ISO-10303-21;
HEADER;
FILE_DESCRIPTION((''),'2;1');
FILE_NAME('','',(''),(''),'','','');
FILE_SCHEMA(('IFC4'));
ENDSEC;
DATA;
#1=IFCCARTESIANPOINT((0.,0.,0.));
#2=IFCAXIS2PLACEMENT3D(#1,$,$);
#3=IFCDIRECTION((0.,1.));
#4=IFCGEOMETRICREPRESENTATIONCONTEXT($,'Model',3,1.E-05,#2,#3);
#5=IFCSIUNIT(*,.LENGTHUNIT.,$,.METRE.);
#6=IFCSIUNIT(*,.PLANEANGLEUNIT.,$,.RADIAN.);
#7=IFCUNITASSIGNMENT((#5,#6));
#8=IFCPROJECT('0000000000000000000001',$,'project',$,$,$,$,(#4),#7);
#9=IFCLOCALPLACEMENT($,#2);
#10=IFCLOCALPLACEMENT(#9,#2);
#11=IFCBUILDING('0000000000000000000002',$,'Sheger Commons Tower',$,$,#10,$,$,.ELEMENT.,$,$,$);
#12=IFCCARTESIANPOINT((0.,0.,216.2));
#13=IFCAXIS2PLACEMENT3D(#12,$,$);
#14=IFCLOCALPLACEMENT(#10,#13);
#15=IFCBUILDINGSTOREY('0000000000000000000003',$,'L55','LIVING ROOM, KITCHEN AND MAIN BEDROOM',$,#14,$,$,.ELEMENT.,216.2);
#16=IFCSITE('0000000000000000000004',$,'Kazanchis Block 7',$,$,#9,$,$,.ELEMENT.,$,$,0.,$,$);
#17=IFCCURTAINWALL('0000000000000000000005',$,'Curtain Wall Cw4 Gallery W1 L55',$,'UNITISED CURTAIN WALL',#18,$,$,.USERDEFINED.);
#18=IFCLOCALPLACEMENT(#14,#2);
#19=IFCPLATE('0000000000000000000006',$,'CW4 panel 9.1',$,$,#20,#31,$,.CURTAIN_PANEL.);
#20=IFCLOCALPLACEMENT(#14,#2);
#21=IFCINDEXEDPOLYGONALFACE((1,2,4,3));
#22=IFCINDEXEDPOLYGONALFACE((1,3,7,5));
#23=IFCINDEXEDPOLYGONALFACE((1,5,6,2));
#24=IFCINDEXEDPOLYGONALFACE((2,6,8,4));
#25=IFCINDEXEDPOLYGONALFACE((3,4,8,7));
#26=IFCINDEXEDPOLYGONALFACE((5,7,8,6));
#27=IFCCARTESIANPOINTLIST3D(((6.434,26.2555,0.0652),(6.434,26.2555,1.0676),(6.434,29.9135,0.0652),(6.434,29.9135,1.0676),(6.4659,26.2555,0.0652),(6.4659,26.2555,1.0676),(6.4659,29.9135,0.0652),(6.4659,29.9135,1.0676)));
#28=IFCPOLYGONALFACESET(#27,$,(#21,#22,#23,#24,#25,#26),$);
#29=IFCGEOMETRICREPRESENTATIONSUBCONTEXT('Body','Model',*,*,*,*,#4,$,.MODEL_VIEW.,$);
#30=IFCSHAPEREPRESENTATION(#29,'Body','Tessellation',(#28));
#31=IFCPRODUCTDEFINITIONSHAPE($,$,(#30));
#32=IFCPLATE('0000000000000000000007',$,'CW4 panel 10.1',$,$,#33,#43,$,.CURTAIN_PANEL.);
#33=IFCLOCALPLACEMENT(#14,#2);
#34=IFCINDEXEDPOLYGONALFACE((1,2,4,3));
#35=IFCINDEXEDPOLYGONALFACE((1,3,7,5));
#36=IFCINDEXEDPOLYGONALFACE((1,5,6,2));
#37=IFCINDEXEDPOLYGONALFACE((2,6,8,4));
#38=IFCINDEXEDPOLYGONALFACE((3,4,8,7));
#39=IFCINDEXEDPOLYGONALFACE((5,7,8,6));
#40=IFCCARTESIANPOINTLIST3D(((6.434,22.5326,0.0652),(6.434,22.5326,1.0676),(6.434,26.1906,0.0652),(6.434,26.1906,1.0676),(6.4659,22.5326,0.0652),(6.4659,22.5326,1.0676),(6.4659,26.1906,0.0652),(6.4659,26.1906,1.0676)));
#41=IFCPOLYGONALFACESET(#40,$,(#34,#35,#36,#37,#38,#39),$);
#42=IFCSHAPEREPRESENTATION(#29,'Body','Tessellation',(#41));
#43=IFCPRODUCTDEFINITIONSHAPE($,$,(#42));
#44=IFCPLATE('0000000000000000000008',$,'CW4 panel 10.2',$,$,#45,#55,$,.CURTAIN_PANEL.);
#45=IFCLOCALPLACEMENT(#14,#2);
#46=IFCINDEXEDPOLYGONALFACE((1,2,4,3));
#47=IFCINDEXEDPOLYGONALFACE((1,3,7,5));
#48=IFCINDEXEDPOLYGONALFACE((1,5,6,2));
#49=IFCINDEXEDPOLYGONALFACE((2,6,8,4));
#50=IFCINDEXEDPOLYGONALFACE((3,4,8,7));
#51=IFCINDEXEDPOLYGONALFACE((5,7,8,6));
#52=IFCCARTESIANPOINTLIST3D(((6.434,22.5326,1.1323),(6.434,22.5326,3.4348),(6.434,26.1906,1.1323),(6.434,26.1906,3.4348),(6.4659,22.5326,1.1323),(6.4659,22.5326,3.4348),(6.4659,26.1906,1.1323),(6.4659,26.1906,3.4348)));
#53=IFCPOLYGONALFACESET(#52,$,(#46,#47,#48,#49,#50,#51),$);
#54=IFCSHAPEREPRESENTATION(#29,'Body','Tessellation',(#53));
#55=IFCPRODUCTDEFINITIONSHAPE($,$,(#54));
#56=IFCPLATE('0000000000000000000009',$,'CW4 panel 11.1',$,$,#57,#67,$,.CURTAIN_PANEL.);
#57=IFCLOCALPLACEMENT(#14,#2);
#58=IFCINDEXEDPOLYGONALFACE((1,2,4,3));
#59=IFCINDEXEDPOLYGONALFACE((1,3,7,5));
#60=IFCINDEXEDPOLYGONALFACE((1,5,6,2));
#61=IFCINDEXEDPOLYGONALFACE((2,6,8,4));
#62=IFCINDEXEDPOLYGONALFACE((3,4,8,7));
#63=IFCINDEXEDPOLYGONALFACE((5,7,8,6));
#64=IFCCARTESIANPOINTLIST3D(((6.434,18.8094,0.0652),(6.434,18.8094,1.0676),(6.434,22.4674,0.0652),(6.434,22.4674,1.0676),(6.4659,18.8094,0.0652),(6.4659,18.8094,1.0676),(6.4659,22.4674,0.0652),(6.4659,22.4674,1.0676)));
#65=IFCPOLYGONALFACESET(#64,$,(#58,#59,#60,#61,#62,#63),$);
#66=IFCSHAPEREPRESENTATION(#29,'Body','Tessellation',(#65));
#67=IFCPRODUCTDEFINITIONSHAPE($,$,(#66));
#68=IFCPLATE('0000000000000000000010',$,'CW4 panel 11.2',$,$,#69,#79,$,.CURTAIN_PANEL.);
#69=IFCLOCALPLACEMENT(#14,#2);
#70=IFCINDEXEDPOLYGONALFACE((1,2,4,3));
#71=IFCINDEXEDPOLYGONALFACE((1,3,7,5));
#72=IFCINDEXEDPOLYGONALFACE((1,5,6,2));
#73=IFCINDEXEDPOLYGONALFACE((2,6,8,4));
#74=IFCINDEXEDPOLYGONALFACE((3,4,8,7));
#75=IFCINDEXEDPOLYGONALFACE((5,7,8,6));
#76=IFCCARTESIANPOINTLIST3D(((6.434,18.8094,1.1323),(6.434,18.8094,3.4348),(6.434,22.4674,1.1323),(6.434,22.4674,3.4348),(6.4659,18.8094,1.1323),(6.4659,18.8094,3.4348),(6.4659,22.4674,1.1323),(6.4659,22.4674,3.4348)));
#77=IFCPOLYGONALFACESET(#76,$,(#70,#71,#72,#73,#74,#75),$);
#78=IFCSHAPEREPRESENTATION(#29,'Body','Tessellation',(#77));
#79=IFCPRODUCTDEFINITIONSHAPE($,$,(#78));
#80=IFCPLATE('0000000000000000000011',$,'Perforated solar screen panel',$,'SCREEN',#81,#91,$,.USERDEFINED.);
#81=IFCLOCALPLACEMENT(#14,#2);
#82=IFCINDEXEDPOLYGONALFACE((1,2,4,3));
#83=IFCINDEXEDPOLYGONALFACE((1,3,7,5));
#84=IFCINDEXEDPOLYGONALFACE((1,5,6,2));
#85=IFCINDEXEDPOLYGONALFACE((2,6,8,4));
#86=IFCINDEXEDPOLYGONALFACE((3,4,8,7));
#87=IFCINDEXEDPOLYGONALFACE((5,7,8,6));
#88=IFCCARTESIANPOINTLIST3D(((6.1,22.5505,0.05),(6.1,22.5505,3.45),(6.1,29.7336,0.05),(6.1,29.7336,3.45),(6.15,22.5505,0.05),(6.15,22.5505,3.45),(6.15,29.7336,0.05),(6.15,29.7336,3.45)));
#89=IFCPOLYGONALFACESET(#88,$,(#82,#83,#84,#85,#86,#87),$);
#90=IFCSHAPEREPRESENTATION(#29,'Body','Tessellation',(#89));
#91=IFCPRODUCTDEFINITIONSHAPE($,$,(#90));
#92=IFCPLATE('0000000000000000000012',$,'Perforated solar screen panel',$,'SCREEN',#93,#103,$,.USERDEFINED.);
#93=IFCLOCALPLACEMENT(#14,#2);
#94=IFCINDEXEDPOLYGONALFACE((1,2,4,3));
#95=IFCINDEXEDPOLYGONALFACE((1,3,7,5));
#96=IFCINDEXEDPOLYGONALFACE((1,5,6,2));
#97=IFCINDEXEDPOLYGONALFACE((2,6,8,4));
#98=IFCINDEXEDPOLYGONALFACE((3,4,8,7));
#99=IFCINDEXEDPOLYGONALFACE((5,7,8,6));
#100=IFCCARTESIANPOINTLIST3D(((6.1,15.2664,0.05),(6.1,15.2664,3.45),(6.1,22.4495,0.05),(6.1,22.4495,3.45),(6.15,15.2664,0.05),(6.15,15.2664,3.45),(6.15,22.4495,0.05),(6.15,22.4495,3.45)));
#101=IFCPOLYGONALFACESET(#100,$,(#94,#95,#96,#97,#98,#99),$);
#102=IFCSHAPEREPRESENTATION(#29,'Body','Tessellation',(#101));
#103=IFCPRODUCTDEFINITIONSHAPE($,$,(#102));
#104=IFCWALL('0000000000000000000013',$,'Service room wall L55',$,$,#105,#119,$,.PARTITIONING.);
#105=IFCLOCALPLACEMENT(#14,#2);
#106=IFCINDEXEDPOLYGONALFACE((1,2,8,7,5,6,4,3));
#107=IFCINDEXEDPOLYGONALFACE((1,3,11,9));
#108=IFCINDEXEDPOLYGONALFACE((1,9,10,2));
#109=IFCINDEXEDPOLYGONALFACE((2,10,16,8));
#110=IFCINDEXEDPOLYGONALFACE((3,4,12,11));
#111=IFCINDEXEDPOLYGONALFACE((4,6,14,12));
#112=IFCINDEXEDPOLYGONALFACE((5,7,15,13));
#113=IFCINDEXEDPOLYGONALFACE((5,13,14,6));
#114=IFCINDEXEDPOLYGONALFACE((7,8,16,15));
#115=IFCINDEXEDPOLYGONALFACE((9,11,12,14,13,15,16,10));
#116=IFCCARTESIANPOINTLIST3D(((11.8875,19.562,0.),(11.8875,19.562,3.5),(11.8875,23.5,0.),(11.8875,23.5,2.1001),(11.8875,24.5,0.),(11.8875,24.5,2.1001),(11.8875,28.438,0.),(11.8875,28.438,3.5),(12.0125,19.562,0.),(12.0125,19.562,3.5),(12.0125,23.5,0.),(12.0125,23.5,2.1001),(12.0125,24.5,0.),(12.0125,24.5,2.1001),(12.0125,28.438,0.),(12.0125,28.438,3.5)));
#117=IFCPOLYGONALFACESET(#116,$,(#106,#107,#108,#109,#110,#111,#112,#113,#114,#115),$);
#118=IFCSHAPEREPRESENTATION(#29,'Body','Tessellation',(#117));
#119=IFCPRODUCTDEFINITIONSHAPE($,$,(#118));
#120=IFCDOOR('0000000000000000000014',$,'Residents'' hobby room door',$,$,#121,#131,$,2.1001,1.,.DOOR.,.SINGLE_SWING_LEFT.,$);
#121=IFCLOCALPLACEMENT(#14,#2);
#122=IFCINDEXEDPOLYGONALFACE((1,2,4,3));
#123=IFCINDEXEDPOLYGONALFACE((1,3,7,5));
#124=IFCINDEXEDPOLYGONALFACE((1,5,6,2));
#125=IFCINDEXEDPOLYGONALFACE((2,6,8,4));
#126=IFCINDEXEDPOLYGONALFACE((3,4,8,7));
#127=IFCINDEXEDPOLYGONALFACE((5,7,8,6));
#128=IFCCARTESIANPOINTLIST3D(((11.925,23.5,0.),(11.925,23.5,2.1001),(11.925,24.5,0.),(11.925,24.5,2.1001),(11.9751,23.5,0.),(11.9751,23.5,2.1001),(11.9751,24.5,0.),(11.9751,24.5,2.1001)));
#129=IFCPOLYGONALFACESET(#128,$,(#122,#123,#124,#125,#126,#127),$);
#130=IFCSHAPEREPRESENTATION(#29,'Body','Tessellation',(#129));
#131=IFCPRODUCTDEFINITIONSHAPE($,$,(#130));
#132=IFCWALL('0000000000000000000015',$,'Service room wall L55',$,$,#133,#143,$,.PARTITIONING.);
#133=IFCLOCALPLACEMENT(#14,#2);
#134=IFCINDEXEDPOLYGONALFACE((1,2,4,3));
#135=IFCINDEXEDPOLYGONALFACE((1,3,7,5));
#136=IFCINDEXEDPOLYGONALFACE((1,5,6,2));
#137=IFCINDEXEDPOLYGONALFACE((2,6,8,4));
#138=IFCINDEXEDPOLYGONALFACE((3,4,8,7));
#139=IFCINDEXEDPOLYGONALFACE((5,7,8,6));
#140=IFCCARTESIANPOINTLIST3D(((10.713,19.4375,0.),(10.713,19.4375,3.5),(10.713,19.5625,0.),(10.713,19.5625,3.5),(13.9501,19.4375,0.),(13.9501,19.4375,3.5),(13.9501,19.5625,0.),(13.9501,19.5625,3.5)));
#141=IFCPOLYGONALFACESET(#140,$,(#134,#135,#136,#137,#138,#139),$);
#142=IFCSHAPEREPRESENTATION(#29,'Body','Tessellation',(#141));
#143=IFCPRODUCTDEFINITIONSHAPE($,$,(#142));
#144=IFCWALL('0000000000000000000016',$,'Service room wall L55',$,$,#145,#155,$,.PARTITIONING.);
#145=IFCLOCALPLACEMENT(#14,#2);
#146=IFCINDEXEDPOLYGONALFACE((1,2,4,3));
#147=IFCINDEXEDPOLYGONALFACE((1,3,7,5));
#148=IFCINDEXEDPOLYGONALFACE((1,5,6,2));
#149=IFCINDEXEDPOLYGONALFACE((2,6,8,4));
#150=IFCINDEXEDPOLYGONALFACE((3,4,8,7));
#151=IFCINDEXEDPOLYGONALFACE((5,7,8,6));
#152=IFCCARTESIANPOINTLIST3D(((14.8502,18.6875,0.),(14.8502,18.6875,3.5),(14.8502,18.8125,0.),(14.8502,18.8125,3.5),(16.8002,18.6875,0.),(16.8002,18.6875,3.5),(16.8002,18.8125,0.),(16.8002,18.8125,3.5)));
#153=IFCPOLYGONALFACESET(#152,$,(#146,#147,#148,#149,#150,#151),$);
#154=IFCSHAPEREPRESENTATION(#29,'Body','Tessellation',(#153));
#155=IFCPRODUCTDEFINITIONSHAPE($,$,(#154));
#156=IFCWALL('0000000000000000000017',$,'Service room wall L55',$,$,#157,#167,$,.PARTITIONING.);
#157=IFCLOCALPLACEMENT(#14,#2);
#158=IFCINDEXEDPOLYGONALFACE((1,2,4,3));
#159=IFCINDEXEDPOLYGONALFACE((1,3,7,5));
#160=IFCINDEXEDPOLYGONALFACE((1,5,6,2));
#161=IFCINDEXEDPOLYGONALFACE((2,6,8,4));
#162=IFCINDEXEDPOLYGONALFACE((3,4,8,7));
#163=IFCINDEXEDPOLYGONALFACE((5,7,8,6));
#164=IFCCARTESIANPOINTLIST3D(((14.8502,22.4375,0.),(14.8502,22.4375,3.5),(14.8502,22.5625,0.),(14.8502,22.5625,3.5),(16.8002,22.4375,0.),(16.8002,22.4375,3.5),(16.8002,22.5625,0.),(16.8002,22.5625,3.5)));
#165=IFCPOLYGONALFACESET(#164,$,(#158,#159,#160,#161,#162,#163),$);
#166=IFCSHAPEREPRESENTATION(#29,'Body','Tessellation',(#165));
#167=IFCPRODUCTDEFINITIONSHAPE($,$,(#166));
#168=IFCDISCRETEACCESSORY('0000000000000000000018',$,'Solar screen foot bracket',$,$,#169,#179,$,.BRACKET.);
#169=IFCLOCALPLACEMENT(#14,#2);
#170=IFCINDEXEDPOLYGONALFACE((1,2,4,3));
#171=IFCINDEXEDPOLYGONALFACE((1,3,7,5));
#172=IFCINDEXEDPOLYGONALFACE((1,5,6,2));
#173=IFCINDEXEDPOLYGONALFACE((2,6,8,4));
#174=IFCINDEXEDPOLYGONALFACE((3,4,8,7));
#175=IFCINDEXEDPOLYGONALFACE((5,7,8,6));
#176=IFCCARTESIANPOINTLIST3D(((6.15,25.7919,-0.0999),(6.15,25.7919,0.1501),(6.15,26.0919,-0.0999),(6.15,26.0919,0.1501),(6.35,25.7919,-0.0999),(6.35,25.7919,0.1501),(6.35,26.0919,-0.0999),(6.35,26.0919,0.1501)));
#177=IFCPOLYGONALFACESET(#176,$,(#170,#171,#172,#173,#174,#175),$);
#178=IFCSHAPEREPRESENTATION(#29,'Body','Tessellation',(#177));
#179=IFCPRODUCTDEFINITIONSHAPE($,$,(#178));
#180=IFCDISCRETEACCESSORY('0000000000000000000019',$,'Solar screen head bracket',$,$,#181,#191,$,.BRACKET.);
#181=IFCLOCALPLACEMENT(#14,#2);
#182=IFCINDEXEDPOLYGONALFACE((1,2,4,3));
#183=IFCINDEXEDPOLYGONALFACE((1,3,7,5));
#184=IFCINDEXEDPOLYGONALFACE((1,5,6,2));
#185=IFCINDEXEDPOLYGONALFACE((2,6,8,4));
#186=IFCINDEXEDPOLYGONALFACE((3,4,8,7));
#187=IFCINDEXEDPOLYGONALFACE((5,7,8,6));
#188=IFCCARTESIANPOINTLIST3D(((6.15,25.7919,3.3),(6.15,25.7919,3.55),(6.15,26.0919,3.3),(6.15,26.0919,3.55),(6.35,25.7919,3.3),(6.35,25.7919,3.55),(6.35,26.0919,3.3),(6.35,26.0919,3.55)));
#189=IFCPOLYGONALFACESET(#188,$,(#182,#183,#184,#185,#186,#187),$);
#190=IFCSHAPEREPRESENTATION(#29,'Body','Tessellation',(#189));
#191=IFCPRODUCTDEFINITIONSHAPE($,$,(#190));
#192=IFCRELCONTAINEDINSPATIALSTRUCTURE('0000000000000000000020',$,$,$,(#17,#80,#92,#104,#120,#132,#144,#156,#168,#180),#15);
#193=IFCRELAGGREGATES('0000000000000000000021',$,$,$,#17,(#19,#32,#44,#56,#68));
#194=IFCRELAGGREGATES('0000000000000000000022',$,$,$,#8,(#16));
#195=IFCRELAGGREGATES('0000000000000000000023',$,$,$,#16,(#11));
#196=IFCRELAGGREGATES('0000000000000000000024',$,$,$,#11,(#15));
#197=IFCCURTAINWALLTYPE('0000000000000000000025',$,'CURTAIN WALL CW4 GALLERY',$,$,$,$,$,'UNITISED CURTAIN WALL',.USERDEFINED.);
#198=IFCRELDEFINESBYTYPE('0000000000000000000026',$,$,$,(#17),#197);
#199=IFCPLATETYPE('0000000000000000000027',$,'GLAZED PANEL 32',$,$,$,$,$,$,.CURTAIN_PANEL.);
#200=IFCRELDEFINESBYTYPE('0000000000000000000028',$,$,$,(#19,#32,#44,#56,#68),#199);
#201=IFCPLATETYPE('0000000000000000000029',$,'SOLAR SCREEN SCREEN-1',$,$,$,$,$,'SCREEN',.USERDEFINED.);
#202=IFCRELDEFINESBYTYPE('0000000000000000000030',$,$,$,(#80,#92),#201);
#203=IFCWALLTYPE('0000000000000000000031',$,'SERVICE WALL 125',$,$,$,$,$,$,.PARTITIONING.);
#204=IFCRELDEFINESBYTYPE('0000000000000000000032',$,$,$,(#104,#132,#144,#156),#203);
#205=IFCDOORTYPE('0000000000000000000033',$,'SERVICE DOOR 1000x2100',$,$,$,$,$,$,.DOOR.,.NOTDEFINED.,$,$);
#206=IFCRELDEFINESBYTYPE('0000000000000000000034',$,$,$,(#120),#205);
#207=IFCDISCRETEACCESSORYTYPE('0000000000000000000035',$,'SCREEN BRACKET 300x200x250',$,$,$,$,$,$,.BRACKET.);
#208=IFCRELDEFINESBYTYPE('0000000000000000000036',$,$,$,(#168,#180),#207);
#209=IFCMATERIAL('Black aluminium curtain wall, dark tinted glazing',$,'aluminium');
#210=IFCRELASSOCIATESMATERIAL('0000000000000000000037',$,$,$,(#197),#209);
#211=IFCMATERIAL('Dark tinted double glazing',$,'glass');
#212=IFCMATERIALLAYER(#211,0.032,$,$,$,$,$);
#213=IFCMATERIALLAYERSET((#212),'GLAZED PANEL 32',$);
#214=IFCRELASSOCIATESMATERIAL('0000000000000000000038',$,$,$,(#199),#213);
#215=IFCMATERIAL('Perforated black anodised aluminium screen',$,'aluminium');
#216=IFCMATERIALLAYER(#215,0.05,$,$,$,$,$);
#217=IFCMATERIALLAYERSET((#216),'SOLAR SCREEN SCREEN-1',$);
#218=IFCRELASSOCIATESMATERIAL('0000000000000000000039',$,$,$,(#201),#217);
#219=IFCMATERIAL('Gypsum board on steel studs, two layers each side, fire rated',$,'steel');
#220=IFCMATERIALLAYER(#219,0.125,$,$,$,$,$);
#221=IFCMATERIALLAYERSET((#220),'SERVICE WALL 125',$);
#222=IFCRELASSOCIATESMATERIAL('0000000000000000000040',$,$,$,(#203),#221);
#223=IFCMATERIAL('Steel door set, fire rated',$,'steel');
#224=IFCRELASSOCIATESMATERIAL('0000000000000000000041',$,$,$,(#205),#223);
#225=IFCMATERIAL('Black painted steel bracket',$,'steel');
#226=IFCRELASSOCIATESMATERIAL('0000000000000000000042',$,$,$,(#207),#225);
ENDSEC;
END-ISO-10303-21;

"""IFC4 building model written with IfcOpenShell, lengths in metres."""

from ifc_helpers import new_model, si_unit, direction, frame, frame_2d, origin, origin_2d, place, context, subcontext, project, spatial, rectangle, extrude, material, layer, layer_set, type_object, element, fill, aggregate, save


model = new_model("IFC4")

# Units and contexts
model_context = context("Model", 3, precision=1e-05, world=origin(), true_north=direction((0.0, 1.0)))
body_context = subcontext(model_context, "Body", "Model", "MODEL_VIEW")
ifc_project = project(units=[si_unit("LENGTHUNIT", "METRE"), si_unit("PLANEANGLEUNIT", "RADIAN")], contexts=[model_context])

# Site, building, storey
site_placement = place(None, origin())
site = spatial("IfcSite", under=ifc_project, at=site_placement, Name="Kazanchis Block 7", CompositionType="ELEMENT", RefElevation=0.0)
building_placement = place(site_placement, origin())
building = spatial("IfcBuilding", under=site, at=building_placement, Name="Sheger Commons Tower", CompositionType="ELEMENT")
storey_placement = place(building_placement, frame((0.0, 0.0, 216.2)))
storey = spatial("IfcBuildingStorey", under=building, at=storey_placement, Name="L55", Description="LIVING ROOM, KITCHEN AND MAIN BEDROOM", CompositionType="ELEMENT", Elevation=216.2)

# Curtain wall
ifc_material_1 = material(Name="Black aluminium curtain wall, dark tinted glazing", Category="aluminium")
curtain_wall_type = type_object("IfcCurtainWallType", Name="CURTAIN WALL CW4 GALLERY", ElementType="UNITISED CURTAIN WALL", PredefinedType="USERDEFINED", material=ifc_material_1)
curtain_wall_placement = place(storey_placement, origin())
curtain_wall = element("IfcCurtainWall", 1, at=curtain_wall_placement, inside=storey, type_object=curtain_wall_type, Name="Curtain Wall Cw4 Gallery W1 L55", ObjectType="UNITISED CURTAIN WALL", PredefinedType="USERDEFINED")

# Plates
ifc_material_2 = material(Name="Dark tinted double glazing", Category="glass")
ifc_layer_1 = layer(ifc_material_2, 0.032)
ifc_layer_set_1 = layer_set([ifc_layer_1], Name="GLAZED PANEL 32")
plate_type_1 = type_object("IfcPlateType", Name="GLAZED PANEL 32", PredefinedType="CURTAIN_PANEL", material=ifc_layer_set_1)
plate_1_placement = place(storey_placement, frame((6.45, 28.0845, 0.0652), z_axis=(0.0, 0.0, 1.0), x_axis=(0.0, -1.0, 0.0)))
plate_1 = element("IfcPlate", 2, at=plate_1_placement, type_object=plate_type_1, Name="CW4 panel 9.1", PredefinedType="CURTAIN_PANEL", context=body_context, shape_type="SweptSolid", body=[
    extrude(rectangle(XDim=3.658, YDim=0.032, at=origin_2d()), origin(), (0.0, 0.0, 1.0), 1.0024),
])
plate_2_placement = place(storey_placement, frame((6.45, 24.3616, 0.0652), z_axis=(0.0, 0.0, 1.0), x_axis=(0.0, -1.0, 0.0)))
plate_2 = element("IfcPlate", 3, at=plate_2_placement, type_object=plate_type_1, Name="CW4 panel 10.1", PredefinedType="CURTAIN_PANEL", context=body_context, shape_type="SweptSolid", body=[
    extrude(rectangle(XDim=3.658, YDim=0.032, at=origin_2d()), origin(), (0.0, 0.0, 1.0), 1.0024),
])
plate_3_placement = place(storey_placement, frame((6.45, 24.3616, 1.1323), z_axis=(0.0, 0.0, 1.0), x_axis=(0.0, -1.0, 0.0)))
plate_3 = element("IfcPlate", 4, at=plate_3_placement, type_object=plate_type_1, Name="CW4 panel 10.2", PredefinedType="CURTAIN_PANEL", context=body_context, shape_type="SweptSolid", body=[
    extrude(rectangle(XDim=3.658, YDim=0.032, at=origin_2d()), origin(), (0.0, 0.0, 1.0), 2.3025),
])
plate_4_placement = place(storey_placement, frame((6.45, 20.6384, 0.0652), z_axis=(0.0, 0.0, 1.0), x_axis=(0.0, -1.0, 0.0)))
plate_4 = element("IfcPlate", 5, at=plate_4_placement, type_object=plate_type_1, Name="CW4 panel 11.1", PredefinedType="CURTAIN_PANEL", context=body_context, shape_type="SweptSolid", body=[
    extrude(rectangle(XDim=3.658, YDim=0.032, at=origin_2d()), origin(), (0.0, 0.0, 1.0), 1.0024),
])
plate_5_placement = place(storey_placement, frame((6.45, 20.6384, 1.1323), z_axis=(0.0, 0.0, 1.0), x_axis=(0.0, -1.0, 0.0)))
plate_5 = element("IfcPlate", 6, at=plate_5_placement, type_object=plate_type_1, Name="CW4 panel 11.2", PredefinedType="CURTAIN_PANEL", context=body_context, shape_type="SweptSolid", body=[
    extrude(rectangle(XDim=3.658, YDim=0.032, at=origin_2d()), origin(), (0.0, 0.0, 1.0), 2.3025),
])
aggregate(curtain_wall, [plate_1, plate_2, plate_3, plate_4, plate_5])

# Plates
ifc_material_3 = material(Name="Perforated black anodised aluminium screen", Category="aluminium")
ifc_layer_2 = layer(ifc_material_3, 0.05)
ifc_layer_set_2 = layer_set([ifc_layer_2], Name="SOLAR SCREEN SCREEN-1")
plate_type_2 = type_object("IfcPlateType", Name="SOLAR SCREEN SCREEN-1", ElementType="SCREEN", PredefinedType="USERDEFINED", material=ifc_layer_set_2)
for number, where, z_axis, x_axis, name in (
    (7, (6.125, 26.1421, 0.05), (0.0, 0.0, 1.0), (0.0, -1.0, 0.0), "Perforated solar screen panel"),
    (8, (6.125, 18.8579, 0.05), (0.0, 0.0, 1.0), (0.0, -1.0, 0.0), "Perforated solar screen panel"),
):
    element("IfcPlate", number, at=place(storey_placement, frame(where, z_axis=z_axis, x_axis=x_axis)), inside=storey, type_object=plate_type_2, Name=name, ObjectType="SCREEN", PredefinedType="USERDEFINED", context=body_context, shape_type="SweptSolid", body=[
        extrude(rectangle(XDim=7.1831, YDim=0.05, at=origin_2d()), origin(), (0.0, 0.0, 1.0), 3.3999),
    ])

# Wall, opening, door
ifc_material_4 = material(Name="Gypsum board on steel studs, two layers each side, fire rated", Category="steel")
ifc_layer_3 = layer(ifc_material_4, 0.125)
ifc_layer_set_3 = layer_set([ifc_layer_3], Name="SERVICE WALL 125")
wall_type = type_object("IfcWallType", Name="SERVICE WALL 125", PredefinedType="PARTITIONING", material=ifc_layer_set_3)
wall_1_placement = place(storey_placement, frame((11.95, 19.562, 0.0), z_axis=(0.0, 0.0, 1.0), x_axis=(0.0, 1.0, 0.0)))
wall_1 = element("IfcWall", 9, at=wall_1_placement, inside=storey, type_object=wall_type, Name="Service room wall L55", PredefinedType="PARTITIONING", context=body_context, shape_type="SweptSolid", body=[
    extrude(rectangle(XDim=8.876, YDim=0.125, at=frame_2d((4.438, 0.0))), origin(), (0.0, 0.0, 1.0), 3.5),
])
opening_placement = place(wall_1_placement, frame((3.938, 0.0, 0.0)))
opening = element("IfcOpeningElement", 10, at=opening_placement, cuts=wall_1, PredefinedType="OPENING", context=body_context, shape_type="SweptSolid", body=[
    extrude(rectangle(XDim=1.0, YDim=2.1001, at=frame_2d((0.5, 1.05))), frame((0.0, 0.0725, 0.0), z_axis=(0.0, -1.0, 0.0), x_axis=(1.0, 0.0, 0.0)), (0.0, 0.0, 1.0), 0.145),
])
ifc_material_5 = material(Name="Steel door set, fire rated", Category="steel")
door_type = type_object("IfcDoorType", Name="SERVICE DOOR 1000x2100", OperationType="NOTDEFINED", PredefinedType="DOOR", material=ifc_material_5)
door_placement = place(opening_placement, origin())
door = element("IfcDoor", 11, at=door_placement, inside=storey, type_object=door_type, Name="Residents' hobby room door", OperationType="SINGLE_SWING_LEFT", OverallHeight=2.1001, OverallWidth=1.0, PredefinedType="DOOR", context=body_context, shape_type="SweptSolid", body=[
    extrude(rectangle(XDim=1.0, YDim=2.1001, at=frame_2d((0.5, 1.05))), frame((0.0, 0.0249, 0.0), z_axis=(0.0, -1.0, 0.0), x_axis=(1.0, 0.0, 0.0)), (0.0, 0.0, 1.0), 0.05),
])
fill(opening, door)

# Walls
wall_2_placement = place(storey_placement, frame((10.7129, 19.5, 0.0), z_axis=(0.0, 0.0, 1.0), x_axis=(1.0, 0.0, 0.0)))
element("IfcWall", 12, at=wall_2_placement, inside=storey, type_object=wall_type, Name="Service room wall L55", PredefinedType="PARTITIONING", context=body_context, shape_type="SweptSolid", body=[
    extrude(rectangle(XDim=3.2371, YDim=0.125, at=frame_2d((1.6187, 0.0))), origin(), (0.0, 0.0, 1.0), 3.5),
])
for number, where, z_axis, x_axis, name in (
    (13, (14.8501, 18.75, 0.0), (0.0, 0.0, 1.0), (1.0, 0.0, 0.0), "Service room wall L55"),
    (14, (14.8501, 22.5, 0.0), (0.0, 0.0, 1.0), (1.0, 0.0, 0.0), "Service room wall L55"),
):
    element("IfcWall", number, at=place(storey_placement, frame(where, z_axis=z_axis, x_axis=x_axis)), inside=storey, type_object=wall_type, Name=name, PredefinedType="PARTITIONING", context=body_context, shape_type="SweptSolid", body=[
        extrude(rectangle(XDim=1.95, YDim=0.125, at=frame_2d((0.9751, 0.0))), origin(), (0.0, 0.0, 1.0), 3.5),
    ])

# Discrete accessories
ifc_material_6 = material(Name="Black painted steel bracket", Category="steel")
discrete_accessory_type = type_object("IfcDiscreteAccessoryType", Name="SCREEN BRACKET 300x200x250", PredefinedType="BRACKET", material=ifc_material_6)
for number, where, z_axis, x_axis, name in (
    (15, (6.25, 25.9419, -0.0999), (0.0, 0.0, 1.0), (0.0, -1.0, 0.0), "Solar screen foot bracket"),
    (16, (6.25, 25.9419, 3.3), (0.0, 0.0, 1.0), (0.0, -1.0, 0.0), "Solar screen head bracket"),
):
    element("IfcDiscreteAccessory", number, at=place(storey_placement, frame(where, z_axis=z_axis, x_axis=x_axis)), inside=storey, type_object=discrete_accessory_type, Name=name, PredefinedType="BRACKET", context=body_context, shape_type="SweptSolid", body=[
        extrude(rectangle(XDim=0.3, YDim=0.2, at=origin_2d()), origin(), (0.0, 0.0, 1.0), 0.25),
    ])

save(model, "model.ifc")
